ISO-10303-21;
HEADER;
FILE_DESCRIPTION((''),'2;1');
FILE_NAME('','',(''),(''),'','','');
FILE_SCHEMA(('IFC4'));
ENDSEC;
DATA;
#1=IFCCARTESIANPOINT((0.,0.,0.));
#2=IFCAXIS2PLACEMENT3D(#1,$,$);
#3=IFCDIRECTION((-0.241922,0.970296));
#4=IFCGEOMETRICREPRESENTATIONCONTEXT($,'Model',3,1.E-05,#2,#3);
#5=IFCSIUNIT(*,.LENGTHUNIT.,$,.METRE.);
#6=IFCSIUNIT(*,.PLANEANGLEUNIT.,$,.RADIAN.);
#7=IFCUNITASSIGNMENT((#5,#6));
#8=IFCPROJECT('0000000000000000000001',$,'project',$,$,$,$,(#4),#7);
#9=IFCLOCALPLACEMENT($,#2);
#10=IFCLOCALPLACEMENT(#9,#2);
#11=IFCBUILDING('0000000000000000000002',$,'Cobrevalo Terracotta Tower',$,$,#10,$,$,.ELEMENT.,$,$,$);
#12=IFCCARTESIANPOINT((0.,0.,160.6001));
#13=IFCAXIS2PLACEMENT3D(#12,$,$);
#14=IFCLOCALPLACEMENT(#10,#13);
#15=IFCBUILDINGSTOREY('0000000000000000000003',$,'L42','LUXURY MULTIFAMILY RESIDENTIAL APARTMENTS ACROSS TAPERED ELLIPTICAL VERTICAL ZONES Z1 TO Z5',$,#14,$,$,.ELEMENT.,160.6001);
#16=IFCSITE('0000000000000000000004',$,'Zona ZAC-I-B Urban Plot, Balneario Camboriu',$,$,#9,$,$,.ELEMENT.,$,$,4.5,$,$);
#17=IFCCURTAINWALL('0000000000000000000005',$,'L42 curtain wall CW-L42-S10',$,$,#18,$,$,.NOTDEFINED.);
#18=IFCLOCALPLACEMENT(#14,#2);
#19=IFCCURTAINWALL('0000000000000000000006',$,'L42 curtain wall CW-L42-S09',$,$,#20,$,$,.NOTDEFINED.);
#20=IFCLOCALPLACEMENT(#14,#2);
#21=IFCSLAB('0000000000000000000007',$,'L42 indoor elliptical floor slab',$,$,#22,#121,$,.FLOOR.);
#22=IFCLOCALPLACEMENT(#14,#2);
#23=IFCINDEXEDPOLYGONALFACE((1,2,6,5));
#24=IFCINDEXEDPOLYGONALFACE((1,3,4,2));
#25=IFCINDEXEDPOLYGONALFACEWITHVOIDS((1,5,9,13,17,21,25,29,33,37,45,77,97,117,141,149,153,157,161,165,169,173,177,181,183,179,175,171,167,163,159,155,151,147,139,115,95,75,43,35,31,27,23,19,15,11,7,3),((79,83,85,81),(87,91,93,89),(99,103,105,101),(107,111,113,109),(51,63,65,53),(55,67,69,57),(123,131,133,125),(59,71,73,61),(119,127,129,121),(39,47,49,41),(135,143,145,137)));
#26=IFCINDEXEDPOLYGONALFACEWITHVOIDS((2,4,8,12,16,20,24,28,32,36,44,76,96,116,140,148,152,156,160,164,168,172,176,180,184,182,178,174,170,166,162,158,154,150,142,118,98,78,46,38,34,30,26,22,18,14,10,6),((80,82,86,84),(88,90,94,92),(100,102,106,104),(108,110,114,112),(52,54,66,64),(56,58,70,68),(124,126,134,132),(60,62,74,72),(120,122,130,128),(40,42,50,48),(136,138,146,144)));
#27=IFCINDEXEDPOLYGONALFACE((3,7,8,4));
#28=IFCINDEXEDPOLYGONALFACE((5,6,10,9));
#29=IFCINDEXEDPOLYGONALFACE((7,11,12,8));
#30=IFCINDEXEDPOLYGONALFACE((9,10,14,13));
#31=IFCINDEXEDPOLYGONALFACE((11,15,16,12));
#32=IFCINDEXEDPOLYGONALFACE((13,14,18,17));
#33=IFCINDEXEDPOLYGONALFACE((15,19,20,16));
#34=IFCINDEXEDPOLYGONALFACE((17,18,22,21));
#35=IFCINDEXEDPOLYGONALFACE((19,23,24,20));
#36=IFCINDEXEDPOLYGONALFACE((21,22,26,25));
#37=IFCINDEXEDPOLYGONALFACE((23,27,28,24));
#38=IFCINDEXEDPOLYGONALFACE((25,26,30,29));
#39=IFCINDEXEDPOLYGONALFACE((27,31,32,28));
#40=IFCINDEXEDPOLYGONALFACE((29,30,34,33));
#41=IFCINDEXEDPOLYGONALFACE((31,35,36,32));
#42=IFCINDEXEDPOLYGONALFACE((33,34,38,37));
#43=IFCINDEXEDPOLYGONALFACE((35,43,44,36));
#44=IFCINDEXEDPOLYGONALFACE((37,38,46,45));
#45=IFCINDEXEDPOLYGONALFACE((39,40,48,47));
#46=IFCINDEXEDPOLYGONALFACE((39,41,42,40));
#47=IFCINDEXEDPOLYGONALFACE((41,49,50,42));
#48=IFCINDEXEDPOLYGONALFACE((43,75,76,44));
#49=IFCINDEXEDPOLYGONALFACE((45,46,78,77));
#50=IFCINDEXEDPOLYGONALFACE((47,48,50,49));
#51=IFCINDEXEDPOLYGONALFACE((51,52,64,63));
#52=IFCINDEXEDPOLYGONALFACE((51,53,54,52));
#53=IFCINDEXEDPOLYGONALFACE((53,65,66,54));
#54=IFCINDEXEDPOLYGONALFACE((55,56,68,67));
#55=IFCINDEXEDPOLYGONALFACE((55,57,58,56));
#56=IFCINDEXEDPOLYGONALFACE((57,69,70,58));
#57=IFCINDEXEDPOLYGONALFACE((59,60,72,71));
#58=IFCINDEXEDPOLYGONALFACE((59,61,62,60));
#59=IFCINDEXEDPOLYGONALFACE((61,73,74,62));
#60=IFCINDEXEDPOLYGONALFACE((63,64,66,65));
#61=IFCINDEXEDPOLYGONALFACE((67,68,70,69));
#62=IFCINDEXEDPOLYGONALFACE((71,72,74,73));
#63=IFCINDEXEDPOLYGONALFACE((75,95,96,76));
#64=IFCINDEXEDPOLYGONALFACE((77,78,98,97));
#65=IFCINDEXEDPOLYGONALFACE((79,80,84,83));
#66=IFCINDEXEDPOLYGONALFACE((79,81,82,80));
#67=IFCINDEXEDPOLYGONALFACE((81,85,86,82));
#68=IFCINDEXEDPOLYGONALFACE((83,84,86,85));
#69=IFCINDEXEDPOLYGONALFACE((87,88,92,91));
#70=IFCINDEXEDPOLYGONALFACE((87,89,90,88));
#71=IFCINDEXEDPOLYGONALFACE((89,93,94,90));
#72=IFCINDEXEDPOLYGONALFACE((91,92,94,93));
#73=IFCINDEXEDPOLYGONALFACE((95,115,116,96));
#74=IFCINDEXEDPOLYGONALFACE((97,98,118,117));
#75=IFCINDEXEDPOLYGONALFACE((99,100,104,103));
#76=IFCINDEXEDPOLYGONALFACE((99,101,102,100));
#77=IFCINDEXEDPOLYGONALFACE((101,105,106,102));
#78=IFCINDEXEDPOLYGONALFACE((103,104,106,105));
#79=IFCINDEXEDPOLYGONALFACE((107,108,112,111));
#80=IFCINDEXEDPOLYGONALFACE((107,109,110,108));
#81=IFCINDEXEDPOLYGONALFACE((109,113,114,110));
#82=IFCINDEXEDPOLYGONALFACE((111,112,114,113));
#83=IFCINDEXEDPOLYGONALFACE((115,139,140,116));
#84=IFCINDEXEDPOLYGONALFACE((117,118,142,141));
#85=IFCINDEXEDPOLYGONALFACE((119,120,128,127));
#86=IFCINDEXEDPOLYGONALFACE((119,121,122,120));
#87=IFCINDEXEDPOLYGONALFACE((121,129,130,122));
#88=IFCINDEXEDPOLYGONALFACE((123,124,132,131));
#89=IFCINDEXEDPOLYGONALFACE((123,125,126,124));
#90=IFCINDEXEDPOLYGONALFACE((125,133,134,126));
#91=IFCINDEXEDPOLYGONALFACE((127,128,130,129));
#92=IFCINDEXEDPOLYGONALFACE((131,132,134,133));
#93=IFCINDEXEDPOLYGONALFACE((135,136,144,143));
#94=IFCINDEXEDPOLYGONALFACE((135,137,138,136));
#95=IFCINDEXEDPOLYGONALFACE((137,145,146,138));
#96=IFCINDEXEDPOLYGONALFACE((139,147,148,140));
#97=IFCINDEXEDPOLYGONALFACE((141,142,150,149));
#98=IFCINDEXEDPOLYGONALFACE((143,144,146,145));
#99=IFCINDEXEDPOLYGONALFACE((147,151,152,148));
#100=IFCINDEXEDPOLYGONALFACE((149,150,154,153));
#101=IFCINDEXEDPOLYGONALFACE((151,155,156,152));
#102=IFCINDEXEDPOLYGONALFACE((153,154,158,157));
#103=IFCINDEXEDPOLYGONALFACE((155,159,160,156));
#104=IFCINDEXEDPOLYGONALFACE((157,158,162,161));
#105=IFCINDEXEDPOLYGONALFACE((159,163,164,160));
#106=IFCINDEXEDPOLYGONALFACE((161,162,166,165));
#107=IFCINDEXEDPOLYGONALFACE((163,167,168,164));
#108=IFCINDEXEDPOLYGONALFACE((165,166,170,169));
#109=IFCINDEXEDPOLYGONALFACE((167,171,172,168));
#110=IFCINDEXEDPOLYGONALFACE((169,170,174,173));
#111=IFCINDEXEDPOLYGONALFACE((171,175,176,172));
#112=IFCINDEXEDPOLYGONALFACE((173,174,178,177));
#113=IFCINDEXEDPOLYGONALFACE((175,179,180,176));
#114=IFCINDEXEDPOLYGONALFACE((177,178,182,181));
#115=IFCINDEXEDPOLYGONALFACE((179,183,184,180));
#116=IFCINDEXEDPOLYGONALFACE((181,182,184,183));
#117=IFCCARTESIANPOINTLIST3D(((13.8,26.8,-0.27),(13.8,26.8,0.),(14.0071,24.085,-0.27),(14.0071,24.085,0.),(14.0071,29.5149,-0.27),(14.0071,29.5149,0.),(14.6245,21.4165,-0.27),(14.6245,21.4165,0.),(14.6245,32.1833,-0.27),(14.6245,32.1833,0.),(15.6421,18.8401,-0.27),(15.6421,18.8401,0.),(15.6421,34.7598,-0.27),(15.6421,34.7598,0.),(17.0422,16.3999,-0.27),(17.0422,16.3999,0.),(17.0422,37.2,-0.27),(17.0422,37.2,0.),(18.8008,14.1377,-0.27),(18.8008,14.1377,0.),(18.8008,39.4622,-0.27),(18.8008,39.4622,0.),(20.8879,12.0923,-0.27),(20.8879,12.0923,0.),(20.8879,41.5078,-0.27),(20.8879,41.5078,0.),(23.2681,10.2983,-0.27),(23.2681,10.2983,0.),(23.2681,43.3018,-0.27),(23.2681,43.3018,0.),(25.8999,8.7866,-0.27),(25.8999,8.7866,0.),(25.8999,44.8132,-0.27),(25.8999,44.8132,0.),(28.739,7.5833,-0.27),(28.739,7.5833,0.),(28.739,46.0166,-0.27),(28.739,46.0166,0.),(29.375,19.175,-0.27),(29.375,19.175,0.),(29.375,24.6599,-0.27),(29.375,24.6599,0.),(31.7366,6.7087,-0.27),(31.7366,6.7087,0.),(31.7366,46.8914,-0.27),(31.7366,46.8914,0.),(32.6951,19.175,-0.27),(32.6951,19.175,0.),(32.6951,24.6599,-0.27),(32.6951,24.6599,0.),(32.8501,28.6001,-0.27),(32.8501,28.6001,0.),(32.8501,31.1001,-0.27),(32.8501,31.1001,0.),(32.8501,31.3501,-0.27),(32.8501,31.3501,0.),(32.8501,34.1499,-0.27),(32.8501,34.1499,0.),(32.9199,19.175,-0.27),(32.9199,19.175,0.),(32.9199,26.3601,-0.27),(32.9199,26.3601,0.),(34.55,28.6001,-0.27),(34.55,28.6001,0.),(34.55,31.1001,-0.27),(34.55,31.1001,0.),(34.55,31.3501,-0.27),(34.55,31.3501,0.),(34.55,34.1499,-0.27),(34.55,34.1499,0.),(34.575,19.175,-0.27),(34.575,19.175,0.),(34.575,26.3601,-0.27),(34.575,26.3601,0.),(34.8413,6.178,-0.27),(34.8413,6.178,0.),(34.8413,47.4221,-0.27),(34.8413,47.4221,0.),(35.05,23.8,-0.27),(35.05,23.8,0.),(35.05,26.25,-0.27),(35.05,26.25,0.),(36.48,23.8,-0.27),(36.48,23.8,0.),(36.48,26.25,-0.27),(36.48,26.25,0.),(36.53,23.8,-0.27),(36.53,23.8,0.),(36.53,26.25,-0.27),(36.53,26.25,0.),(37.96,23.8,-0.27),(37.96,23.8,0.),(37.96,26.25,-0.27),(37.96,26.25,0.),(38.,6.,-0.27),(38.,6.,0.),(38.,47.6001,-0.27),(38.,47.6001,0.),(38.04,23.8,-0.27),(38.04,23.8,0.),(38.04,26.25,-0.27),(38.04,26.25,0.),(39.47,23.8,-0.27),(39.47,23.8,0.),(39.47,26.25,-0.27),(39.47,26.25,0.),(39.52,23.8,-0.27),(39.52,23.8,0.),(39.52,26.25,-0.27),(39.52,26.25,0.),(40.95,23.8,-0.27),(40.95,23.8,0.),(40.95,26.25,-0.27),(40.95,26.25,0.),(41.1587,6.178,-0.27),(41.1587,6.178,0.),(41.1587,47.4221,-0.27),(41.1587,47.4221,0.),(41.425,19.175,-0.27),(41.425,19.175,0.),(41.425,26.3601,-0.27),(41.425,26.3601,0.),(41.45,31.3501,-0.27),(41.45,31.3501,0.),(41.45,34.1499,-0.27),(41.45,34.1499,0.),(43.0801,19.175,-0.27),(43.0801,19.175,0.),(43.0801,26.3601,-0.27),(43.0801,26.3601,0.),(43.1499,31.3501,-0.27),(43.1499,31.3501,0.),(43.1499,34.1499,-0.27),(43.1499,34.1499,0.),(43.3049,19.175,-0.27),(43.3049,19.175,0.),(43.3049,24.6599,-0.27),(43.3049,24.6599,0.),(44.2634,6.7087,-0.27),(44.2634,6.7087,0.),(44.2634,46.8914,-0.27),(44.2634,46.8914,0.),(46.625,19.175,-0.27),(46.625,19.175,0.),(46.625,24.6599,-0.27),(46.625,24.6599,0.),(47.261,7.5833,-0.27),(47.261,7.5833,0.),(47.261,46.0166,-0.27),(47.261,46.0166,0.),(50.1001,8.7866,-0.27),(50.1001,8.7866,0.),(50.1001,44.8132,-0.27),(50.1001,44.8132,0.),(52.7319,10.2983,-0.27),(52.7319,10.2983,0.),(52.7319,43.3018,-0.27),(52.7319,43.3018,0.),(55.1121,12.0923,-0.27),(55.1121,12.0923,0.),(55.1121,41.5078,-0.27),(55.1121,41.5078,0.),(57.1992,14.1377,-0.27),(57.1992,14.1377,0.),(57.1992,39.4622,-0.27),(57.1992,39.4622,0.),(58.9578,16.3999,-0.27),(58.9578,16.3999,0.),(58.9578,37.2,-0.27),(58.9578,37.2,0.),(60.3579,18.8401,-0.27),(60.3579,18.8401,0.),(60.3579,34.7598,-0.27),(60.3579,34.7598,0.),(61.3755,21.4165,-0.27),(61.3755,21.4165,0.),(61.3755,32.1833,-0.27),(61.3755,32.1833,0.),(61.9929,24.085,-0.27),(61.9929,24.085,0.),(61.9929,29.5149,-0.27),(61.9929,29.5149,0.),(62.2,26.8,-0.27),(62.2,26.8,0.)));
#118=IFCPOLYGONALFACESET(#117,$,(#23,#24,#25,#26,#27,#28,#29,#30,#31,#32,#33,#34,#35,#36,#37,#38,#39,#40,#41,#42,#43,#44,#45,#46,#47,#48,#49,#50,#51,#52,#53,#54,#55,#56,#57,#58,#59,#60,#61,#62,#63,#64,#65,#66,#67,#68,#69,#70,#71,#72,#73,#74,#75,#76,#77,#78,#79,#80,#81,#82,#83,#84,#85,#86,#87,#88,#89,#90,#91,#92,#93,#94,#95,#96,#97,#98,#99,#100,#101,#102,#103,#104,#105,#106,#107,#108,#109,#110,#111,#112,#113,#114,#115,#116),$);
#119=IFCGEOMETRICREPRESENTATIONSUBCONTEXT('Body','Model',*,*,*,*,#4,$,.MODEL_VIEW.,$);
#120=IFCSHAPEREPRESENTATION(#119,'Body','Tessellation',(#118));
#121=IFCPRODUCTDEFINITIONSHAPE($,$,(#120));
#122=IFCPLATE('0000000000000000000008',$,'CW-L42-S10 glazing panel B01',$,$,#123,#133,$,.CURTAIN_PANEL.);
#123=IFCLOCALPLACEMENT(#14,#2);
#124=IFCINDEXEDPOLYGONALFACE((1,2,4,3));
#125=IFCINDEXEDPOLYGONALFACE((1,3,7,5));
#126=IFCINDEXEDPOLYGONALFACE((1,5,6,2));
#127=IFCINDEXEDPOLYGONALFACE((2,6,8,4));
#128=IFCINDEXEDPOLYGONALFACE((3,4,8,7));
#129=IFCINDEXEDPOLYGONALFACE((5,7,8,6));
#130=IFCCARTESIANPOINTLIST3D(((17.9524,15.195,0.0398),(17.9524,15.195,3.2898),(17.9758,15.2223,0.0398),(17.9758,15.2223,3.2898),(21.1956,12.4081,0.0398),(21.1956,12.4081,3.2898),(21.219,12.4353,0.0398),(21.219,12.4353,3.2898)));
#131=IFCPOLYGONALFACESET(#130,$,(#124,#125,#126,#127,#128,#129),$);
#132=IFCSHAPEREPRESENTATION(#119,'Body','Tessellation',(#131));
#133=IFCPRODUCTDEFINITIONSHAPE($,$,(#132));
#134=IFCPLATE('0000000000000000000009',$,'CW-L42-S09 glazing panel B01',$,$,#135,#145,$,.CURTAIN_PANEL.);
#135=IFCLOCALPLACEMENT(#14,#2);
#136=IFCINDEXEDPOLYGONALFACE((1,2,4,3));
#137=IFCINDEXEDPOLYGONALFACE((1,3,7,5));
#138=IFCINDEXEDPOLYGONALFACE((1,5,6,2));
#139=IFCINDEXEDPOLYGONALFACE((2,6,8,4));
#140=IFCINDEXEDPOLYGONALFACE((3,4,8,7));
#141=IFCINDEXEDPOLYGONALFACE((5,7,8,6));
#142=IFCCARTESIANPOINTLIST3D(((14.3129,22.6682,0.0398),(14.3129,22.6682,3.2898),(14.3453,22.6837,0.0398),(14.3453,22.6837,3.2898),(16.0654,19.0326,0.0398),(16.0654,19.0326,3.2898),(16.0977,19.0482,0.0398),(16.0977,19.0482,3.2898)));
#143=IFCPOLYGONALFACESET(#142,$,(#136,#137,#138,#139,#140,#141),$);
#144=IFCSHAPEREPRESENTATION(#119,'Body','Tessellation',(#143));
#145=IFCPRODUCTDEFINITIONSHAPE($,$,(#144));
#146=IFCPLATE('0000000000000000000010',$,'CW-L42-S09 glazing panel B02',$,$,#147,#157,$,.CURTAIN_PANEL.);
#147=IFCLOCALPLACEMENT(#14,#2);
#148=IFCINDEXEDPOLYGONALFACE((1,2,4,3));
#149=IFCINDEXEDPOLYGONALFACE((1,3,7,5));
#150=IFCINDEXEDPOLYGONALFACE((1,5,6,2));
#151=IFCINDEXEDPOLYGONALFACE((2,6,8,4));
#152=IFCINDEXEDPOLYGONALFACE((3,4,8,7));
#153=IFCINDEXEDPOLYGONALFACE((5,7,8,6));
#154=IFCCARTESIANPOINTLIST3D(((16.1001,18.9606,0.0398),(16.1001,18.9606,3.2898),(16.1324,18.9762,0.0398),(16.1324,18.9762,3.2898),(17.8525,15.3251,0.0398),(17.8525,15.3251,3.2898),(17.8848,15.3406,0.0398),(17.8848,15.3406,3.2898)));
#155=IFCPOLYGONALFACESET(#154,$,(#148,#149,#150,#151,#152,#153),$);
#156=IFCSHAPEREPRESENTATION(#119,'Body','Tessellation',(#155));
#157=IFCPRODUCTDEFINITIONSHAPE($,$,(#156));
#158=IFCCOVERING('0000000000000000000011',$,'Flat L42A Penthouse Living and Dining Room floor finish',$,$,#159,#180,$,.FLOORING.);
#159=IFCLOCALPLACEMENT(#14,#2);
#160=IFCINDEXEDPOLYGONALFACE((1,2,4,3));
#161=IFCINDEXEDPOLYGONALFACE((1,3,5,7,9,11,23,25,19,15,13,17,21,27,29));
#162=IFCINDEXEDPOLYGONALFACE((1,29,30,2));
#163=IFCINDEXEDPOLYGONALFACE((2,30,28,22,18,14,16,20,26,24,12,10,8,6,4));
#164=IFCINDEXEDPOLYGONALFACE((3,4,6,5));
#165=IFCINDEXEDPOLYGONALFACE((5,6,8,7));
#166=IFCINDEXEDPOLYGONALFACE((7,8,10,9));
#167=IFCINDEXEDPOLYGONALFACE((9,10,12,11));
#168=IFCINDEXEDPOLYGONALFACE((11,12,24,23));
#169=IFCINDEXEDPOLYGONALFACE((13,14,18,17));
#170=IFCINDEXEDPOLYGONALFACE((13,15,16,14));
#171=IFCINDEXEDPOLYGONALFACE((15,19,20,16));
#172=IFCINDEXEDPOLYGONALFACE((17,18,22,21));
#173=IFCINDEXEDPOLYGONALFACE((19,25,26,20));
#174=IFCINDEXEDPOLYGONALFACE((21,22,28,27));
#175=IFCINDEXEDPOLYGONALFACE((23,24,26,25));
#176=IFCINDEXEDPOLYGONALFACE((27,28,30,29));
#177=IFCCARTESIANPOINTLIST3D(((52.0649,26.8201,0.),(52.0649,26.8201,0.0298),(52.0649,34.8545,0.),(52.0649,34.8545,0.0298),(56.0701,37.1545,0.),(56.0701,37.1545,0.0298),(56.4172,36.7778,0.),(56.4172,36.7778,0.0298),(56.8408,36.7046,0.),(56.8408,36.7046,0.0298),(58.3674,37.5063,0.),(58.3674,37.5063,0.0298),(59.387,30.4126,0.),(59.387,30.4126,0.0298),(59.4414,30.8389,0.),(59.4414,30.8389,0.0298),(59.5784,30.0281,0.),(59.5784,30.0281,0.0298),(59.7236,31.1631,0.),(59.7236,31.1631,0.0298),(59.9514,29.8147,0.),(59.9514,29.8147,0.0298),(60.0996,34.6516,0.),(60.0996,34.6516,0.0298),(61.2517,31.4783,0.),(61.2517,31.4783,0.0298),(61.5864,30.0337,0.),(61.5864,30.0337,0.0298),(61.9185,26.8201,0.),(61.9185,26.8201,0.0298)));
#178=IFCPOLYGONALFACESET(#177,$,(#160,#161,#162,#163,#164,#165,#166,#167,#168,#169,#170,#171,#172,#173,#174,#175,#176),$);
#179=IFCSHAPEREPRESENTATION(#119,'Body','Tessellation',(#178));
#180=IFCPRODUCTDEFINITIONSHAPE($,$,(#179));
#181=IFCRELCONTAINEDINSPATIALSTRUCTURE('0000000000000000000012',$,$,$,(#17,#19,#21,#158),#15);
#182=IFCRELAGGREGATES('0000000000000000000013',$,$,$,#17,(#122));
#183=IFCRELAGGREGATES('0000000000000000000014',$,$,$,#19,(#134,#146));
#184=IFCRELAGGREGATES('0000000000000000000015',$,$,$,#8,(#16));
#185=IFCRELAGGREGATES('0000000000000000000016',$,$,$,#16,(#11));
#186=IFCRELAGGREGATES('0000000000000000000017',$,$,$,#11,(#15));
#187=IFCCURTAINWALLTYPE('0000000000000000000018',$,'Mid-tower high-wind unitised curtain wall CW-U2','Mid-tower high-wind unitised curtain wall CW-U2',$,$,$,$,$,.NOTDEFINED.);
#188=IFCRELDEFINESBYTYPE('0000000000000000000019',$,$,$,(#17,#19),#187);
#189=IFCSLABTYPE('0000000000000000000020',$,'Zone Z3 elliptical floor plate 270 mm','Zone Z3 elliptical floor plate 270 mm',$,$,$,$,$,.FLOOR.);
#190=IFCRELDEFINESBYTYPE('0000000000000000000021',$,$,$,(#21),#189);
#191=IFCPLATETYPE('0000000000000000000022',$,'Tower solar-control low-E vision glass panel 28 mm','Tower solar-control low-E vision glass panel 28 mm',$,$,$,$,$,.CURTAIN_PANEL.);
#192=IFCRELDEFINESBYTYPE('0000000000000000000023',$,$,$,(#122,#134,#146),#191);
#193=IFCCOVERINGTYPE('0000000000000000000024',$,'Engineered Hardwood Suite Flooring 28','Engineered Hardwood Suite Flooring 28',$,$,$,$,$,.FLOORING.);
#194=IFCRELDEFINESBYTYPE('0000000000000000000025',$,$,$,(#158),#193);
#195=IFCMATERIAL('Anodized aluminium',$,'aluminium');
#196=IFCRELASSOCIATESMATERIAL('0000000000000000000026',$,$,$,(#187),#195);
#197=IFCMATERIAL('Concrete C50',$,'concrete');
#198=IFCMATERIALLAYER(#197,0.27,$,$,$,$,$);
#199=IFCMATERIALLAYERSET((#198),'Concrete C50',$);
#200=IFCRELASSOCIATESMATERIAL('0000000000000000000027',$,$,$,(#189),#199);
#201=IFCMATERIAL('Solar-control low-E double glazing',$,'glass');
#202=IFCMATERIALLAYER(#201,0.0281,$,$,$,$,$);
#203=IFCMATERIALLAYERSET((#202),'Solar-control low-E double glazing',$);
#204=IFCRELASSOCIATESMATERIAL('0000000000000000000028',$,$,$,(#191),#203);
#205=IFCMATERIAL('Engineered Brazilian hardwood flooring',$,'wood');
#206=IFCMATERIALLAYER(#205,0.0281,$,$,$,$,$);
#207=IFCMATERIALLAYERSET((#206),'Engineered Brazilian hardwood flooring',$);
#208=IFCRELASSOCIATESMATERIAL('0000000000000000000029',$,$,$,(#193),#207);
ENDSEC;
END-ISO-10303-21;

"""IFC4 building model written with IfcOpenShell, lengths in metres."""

from ifc_helpers import new_model, si_unit, direction, frame, origin, origin_2d, place, context, subcontext, project, spatial, polyline, rectangle, outline, extrude, source, transform, mapped, material, layer, layer_set, type_object, element, aggregate, save


model = new_model("IFC4")

# Units and contexts
model_context = context("Model", 3, precision=1e-05, world=origin(), true_north=direction((-0.241922, 0.970296)))
body_context = subcontext(model_context, "Body", "Model", "MODEL_VIEW")
ifc_project = project(units=[si_unit("LENGTHUNIT", "METRE"), si_unit("PLANEANGLEUNIT", "RADIAN")], contexts=[model_context])

# Site, building, storey
site_placement = place(None, origin())
site = spatial("IfcSite", under=ifc_project, at=site_placement, Name="Zona ZAC-I-B Urban Plot, Balneario Camboriu", CompositionType="ELEMENT", RefElevation=4.5)
building_placement = place(site_placement, origin())
building = spatial("IfcBuilding", under=site, at=building_placement, Name="Cobrevalo Terracotta Tower", CompositionType="ELEMENT")
storey_placement = place(building_placement, frame((0.0, 0.0, 160.6001)))
storey = spatial("IfcBuildingStorey", under=building, at=storey_placement, Name="L42", Description="LUXURY MULTIFAMILY RESIDENTIAL APARTMENTS ACROSS TAPERED ELLIPTICAL VERTICAL ZONES Z1 TO Z5", CompositionType="ELEMENT", Elevation=160.6001)

# Curtain walls
ifc_material_1 = material(Name="Anodized aluminium", Category="aluminium")
curtain_wall_type = type_object("IfcCurtainWallType", Name="Mid-tower high-wind unitised curtain wall CW-U2", Description="Mid-tower high-wind unitised curtain wall CW-U2", PredefinedType="NOTDEFINED", material=ifc_material_1)
curtain_wall_1_placement = place(storey_placement, origin())
curtain_wall_1 = element("IfcCurtainWall", 1, at=curtain_wall_1_placement, inside=storey, type_object=curtain_wall_type, Name="L42 curtain wall CW-L42-S10", PredefinedType="NOTDEFINED")
curtain_wall_2_placement = place(storey_placement, origin())
curtain_wall_2 = element("IfcCurtainWall", 2, at=curtain_wall_2_placement, inside=storey, type_object=curtain_wall_type, Name="L42 curtain wall CW-L42-S09", PredefinedType="NOTDEFINED")

# Shared definitions
ifc_material_2 = material(Name="Concrete C50", Category="concrete")

# Slab
ifc_layer_1 = layer(ifc_material_2, 0.27)
ifc_layer_set_1 = layer_set([ifc_layer_1], Name="Concrete C50")
slab_type_1 = type_object("IfcSlabType", Name="Zone Z3 elliptical floor plate 270 mm", Description="Zone Z3 elliptical floor plate 270 mm", PredefinedType="FLOOR", material=ifc_layer_set_1)
slab_1_placement = place(storey_placement, frame((0.0, 0.0, -0.27)))
element("IfcSlab", 3, at=slab_1_placement, inside=storey, type_object=slab_type_1, Name="L42 indoor elliptical floor slab", PredefinedType="FLOOR", context=body_context, shape_type="SweptSolid", body=[
    extrude(outline(polyline([(61.9929, 24.085), (61.3755, 21.4165), (60.3579, 18.8401), (58.9578, 16.3999), (57.1992, 14.1377), (55.1121, 12.0923), (52.7319, 10.2983), (50.1001, 8.7866), (47.261, 7.5833), (44.2634, 6.7087), (41.1587, 6.178), (38.0, 6.0), (34.8413, 6.178), (31.7366, 6.7087), (28.739, 7.5833), (25.8999, 8.7866), (23.2681, 10.2983), (20.8879, 12.0923), (18.8008, 14.1377), (17.0422, 16.3999), (15.6421, 18.8401), (14.6245, 21.4165), (14.0071, 24.085), (13.8, 26.8), (14.0071, 29.5149), (14.6245, 32.1833), (15.6421, 34.7598), (17.0422, 37.2), (18.8008, 39.4622), (20.8879, 41.5078), (23.2681, 43.3018), (25.8999, 44.8132), (28.739, 46.0166), (31.7366, 46.8914), (34.8413, 47.4221), (38.0, 47.6001), (41.1587, 47.4221), (44.2634, 46.8914), (47.261, 46.0166), (50.1001, 44.8132), (52.7319, 43.3018), (55.1121, 41.5078), (57.1992, 39.4622), (58.9578, 37.2), (60.3579, 34.7598), (61.3755, 32.1833), (61.9929, 29.5149), (62.2, 26.8), (61.9929, 24.085)]), holes=[polyline([(32.6951, 19.175), (32.6951, 24.6599), (29.375, 24.6599), (29.375, 19.175), (32.6951, 19.175)]), polyline([(34.575, 26.3601), (32.9199, 26.3601), (32.9199, 19.175), (34.575, 19.175), (34.575, 26.3601)]), polyline([(36.48, 26.25), (35.05, 26.25), (35.05, 23.8), (36.48, 23.8), (36.48, 26.25)]), polyline([(37.96, 23.8), (37.96, 26.25), (36.53, 26.25), (36.53, 23.8), (37.96, 23.8)]), polyline([(34.55, 28.6001), (34.55, 31.1001), (32.8501, 31.1001), (32.8501, 28.6001), (34.55, 28.6001)]), polyline([(34.55, 34.1499), (32.8501, 34.1499), (32.8501, 31.3501), (34.55, 31.3501), (34.55, 34.1499)]), polyline([(43.3049, 19.175), (46.625, 19.175), (46.625, 24.6599), (43.3049, 24.6599), (43.3049, 19.175)]), polyline([(43.0801, 19.175), (43.0801, 26.3601), (41.425, 26.3601), (41.425, 19.175), (43.0801, 19.175)]), polyline([(39.47, 26.25), (38.04, 26.25), (38.04, 23.8), (39.47, 23.8), (39.47, 26.25)]), polyline([(40.95, 23.8), (40.95, 26.25), (39.52, 26.25), (39.52, 23.8), (40.95, 23.8)]), polyline([(43.1499, 31.3501), (43.1499, 34.1499), (41.45, 34.1499), (41.45, 31.3501), (43.1499, 31.3501)])]), origin(), (0.0, 0.0, 1.0), 0.27),
])

# Plates
ifc_material_3 = material(Name="Solar-control low-E double glazing", Category="glass")
ifc_layer_2 = layer(ifc_material_3, 0.0281)
ifc_layer_set_2 = layer_set([ifc_layer_2], Name="Solar-control low-E double glazing")
plate_type = type_object("IfcPlateType", Name="Tower solar-control low-E vision glass panel 28 mm", Description="Tower solar-control low-E vision glass panel 28 mm", PredefinedType="CURTAIN_PANEL", material=ifc_layer_set_2)
shared_shape_1 = source(origin(), body_context, "Body", "SweptSolid", [
    extrude(rectangle(XDim=4.2761, YDim=0.0359, at=origin_2d()), origin(), (0.0, 0.0, 1.0), 3.25),
])
plate_1_placement = place(storey_placement, frame((19.5857, 13.8152, 0.0398), z_axis=(0.0, 0.0, 1.0), x_axis=(0.758437, -0.651746, 0.0)))
plate_1 = element("IfcPlate", 4, at=plate_1_placement, type_object=plate_type, Name="CW-L42-S10 glazing panel B01", PredefinedType="CURTAIN_PANEL", context=body_context, shape_type="MappedRepresentation", body=[
    mapped(shared_shape_1, transform((0.0, 0.0, 0.0), scale=1.0)),
])
aggregate(curtain_wall_1, [plate_1])
shared_shape_2 = source(origin(), body_context, "Body", "SweptSolid", [
    extrude(rectangle(XDim=4.0359, YDim=0.0359, at=origin_2d()), origin(), (0.0, 0.0, 1.0), 3.25),
])
plate_2_placement = place(storey_placement, frame((15.2053, 20.8582, 0.0398), z_axis=(0.0, 0.0, 1.0), x_axis=(0.434209, -0.900812, 0.0)))
plate_2 = element("IfcPlate", 5, at=plate_2_placement, type_object=plate_type, Name="CW-L42-S09 glazing panel B01", PredefinedType="CURTAIN_PANEL", context=body_context, shape_type="MappedRepresentation", body=[
    mapped(shared_shape_2, transform((0.0, 0.0, 0.0), scale=1.0)),
])
plate_3_placement = place(storey_placement, frame((16.9924, 17.1506, 0.0398), z_axis=(0.0, 0.0, 1.0), x_axis=(0.434209, -0.900812, 0.0)))
plate_3 = element("IfcPlate", 6, at=plate_3_placement, type_object=plate_type, Name="CW-L42-S09 glazing panel B02", PredefinedType="CURTAIN_PANEL", context=body_context, shape_type="MappedRepresentation", body=[
    mapped(shared_shape_2, transform((0.0, 0.0, 0.0), scale=1.0)),
])
aggregate(curtain_wall_2, [plate_2, plate_3])

# Covering
ifc_material_4 = material(Name="Engineered Brazilian hardwood flooring", Category="wood")
ifc_layer_3 = layer(ifc_material_4, 0.0281)
ifc_layer_set_3 = layer_set([ifc_layer_3], Name="Engineered Brazilian hardwood flooring")
covering_type_1 = type_object("IfcCoveringType", Name="Engineered Hardwood Suite Flooring 28", Description="Engineered Hardwood Suite Flooring 28", PredefinedType="FLOORING", material=ifc_layer_set_3)
covering_1_placement = place(storey_placement, origin())
element("IfcCovering", 7, at=covering_1_placement, inside=storey, type_object=covering_type_1, Name="Flat L42A Penthouse Living and Dining Room floor finish", PredefinedType="FLOORING", context=body_context, shape_type="SweptSolid", body=[
    extrude(outline(polyline([(60.0996, 34.6516), (61.2517, 31.4783), (59.7236, 31.1631), (59.4414, 30.8389), (59.387, 30.4126), (59.5784, 30.0281), (59.9514, 29.8147), (61.5864, 30.0337), (61.9185, 26.8201), (52.0649, 26.8201), (52.0649, 34.8545), (56.0701, 37.1545), (56.4172, 36.7778), (56.8408, 36.7046), (58.3674, 37.5063), (60.0996, 34.6516)])), origin(), (0.0, 0.0, 1.0), 0.0298),
])

save(model, "model.ifc")
